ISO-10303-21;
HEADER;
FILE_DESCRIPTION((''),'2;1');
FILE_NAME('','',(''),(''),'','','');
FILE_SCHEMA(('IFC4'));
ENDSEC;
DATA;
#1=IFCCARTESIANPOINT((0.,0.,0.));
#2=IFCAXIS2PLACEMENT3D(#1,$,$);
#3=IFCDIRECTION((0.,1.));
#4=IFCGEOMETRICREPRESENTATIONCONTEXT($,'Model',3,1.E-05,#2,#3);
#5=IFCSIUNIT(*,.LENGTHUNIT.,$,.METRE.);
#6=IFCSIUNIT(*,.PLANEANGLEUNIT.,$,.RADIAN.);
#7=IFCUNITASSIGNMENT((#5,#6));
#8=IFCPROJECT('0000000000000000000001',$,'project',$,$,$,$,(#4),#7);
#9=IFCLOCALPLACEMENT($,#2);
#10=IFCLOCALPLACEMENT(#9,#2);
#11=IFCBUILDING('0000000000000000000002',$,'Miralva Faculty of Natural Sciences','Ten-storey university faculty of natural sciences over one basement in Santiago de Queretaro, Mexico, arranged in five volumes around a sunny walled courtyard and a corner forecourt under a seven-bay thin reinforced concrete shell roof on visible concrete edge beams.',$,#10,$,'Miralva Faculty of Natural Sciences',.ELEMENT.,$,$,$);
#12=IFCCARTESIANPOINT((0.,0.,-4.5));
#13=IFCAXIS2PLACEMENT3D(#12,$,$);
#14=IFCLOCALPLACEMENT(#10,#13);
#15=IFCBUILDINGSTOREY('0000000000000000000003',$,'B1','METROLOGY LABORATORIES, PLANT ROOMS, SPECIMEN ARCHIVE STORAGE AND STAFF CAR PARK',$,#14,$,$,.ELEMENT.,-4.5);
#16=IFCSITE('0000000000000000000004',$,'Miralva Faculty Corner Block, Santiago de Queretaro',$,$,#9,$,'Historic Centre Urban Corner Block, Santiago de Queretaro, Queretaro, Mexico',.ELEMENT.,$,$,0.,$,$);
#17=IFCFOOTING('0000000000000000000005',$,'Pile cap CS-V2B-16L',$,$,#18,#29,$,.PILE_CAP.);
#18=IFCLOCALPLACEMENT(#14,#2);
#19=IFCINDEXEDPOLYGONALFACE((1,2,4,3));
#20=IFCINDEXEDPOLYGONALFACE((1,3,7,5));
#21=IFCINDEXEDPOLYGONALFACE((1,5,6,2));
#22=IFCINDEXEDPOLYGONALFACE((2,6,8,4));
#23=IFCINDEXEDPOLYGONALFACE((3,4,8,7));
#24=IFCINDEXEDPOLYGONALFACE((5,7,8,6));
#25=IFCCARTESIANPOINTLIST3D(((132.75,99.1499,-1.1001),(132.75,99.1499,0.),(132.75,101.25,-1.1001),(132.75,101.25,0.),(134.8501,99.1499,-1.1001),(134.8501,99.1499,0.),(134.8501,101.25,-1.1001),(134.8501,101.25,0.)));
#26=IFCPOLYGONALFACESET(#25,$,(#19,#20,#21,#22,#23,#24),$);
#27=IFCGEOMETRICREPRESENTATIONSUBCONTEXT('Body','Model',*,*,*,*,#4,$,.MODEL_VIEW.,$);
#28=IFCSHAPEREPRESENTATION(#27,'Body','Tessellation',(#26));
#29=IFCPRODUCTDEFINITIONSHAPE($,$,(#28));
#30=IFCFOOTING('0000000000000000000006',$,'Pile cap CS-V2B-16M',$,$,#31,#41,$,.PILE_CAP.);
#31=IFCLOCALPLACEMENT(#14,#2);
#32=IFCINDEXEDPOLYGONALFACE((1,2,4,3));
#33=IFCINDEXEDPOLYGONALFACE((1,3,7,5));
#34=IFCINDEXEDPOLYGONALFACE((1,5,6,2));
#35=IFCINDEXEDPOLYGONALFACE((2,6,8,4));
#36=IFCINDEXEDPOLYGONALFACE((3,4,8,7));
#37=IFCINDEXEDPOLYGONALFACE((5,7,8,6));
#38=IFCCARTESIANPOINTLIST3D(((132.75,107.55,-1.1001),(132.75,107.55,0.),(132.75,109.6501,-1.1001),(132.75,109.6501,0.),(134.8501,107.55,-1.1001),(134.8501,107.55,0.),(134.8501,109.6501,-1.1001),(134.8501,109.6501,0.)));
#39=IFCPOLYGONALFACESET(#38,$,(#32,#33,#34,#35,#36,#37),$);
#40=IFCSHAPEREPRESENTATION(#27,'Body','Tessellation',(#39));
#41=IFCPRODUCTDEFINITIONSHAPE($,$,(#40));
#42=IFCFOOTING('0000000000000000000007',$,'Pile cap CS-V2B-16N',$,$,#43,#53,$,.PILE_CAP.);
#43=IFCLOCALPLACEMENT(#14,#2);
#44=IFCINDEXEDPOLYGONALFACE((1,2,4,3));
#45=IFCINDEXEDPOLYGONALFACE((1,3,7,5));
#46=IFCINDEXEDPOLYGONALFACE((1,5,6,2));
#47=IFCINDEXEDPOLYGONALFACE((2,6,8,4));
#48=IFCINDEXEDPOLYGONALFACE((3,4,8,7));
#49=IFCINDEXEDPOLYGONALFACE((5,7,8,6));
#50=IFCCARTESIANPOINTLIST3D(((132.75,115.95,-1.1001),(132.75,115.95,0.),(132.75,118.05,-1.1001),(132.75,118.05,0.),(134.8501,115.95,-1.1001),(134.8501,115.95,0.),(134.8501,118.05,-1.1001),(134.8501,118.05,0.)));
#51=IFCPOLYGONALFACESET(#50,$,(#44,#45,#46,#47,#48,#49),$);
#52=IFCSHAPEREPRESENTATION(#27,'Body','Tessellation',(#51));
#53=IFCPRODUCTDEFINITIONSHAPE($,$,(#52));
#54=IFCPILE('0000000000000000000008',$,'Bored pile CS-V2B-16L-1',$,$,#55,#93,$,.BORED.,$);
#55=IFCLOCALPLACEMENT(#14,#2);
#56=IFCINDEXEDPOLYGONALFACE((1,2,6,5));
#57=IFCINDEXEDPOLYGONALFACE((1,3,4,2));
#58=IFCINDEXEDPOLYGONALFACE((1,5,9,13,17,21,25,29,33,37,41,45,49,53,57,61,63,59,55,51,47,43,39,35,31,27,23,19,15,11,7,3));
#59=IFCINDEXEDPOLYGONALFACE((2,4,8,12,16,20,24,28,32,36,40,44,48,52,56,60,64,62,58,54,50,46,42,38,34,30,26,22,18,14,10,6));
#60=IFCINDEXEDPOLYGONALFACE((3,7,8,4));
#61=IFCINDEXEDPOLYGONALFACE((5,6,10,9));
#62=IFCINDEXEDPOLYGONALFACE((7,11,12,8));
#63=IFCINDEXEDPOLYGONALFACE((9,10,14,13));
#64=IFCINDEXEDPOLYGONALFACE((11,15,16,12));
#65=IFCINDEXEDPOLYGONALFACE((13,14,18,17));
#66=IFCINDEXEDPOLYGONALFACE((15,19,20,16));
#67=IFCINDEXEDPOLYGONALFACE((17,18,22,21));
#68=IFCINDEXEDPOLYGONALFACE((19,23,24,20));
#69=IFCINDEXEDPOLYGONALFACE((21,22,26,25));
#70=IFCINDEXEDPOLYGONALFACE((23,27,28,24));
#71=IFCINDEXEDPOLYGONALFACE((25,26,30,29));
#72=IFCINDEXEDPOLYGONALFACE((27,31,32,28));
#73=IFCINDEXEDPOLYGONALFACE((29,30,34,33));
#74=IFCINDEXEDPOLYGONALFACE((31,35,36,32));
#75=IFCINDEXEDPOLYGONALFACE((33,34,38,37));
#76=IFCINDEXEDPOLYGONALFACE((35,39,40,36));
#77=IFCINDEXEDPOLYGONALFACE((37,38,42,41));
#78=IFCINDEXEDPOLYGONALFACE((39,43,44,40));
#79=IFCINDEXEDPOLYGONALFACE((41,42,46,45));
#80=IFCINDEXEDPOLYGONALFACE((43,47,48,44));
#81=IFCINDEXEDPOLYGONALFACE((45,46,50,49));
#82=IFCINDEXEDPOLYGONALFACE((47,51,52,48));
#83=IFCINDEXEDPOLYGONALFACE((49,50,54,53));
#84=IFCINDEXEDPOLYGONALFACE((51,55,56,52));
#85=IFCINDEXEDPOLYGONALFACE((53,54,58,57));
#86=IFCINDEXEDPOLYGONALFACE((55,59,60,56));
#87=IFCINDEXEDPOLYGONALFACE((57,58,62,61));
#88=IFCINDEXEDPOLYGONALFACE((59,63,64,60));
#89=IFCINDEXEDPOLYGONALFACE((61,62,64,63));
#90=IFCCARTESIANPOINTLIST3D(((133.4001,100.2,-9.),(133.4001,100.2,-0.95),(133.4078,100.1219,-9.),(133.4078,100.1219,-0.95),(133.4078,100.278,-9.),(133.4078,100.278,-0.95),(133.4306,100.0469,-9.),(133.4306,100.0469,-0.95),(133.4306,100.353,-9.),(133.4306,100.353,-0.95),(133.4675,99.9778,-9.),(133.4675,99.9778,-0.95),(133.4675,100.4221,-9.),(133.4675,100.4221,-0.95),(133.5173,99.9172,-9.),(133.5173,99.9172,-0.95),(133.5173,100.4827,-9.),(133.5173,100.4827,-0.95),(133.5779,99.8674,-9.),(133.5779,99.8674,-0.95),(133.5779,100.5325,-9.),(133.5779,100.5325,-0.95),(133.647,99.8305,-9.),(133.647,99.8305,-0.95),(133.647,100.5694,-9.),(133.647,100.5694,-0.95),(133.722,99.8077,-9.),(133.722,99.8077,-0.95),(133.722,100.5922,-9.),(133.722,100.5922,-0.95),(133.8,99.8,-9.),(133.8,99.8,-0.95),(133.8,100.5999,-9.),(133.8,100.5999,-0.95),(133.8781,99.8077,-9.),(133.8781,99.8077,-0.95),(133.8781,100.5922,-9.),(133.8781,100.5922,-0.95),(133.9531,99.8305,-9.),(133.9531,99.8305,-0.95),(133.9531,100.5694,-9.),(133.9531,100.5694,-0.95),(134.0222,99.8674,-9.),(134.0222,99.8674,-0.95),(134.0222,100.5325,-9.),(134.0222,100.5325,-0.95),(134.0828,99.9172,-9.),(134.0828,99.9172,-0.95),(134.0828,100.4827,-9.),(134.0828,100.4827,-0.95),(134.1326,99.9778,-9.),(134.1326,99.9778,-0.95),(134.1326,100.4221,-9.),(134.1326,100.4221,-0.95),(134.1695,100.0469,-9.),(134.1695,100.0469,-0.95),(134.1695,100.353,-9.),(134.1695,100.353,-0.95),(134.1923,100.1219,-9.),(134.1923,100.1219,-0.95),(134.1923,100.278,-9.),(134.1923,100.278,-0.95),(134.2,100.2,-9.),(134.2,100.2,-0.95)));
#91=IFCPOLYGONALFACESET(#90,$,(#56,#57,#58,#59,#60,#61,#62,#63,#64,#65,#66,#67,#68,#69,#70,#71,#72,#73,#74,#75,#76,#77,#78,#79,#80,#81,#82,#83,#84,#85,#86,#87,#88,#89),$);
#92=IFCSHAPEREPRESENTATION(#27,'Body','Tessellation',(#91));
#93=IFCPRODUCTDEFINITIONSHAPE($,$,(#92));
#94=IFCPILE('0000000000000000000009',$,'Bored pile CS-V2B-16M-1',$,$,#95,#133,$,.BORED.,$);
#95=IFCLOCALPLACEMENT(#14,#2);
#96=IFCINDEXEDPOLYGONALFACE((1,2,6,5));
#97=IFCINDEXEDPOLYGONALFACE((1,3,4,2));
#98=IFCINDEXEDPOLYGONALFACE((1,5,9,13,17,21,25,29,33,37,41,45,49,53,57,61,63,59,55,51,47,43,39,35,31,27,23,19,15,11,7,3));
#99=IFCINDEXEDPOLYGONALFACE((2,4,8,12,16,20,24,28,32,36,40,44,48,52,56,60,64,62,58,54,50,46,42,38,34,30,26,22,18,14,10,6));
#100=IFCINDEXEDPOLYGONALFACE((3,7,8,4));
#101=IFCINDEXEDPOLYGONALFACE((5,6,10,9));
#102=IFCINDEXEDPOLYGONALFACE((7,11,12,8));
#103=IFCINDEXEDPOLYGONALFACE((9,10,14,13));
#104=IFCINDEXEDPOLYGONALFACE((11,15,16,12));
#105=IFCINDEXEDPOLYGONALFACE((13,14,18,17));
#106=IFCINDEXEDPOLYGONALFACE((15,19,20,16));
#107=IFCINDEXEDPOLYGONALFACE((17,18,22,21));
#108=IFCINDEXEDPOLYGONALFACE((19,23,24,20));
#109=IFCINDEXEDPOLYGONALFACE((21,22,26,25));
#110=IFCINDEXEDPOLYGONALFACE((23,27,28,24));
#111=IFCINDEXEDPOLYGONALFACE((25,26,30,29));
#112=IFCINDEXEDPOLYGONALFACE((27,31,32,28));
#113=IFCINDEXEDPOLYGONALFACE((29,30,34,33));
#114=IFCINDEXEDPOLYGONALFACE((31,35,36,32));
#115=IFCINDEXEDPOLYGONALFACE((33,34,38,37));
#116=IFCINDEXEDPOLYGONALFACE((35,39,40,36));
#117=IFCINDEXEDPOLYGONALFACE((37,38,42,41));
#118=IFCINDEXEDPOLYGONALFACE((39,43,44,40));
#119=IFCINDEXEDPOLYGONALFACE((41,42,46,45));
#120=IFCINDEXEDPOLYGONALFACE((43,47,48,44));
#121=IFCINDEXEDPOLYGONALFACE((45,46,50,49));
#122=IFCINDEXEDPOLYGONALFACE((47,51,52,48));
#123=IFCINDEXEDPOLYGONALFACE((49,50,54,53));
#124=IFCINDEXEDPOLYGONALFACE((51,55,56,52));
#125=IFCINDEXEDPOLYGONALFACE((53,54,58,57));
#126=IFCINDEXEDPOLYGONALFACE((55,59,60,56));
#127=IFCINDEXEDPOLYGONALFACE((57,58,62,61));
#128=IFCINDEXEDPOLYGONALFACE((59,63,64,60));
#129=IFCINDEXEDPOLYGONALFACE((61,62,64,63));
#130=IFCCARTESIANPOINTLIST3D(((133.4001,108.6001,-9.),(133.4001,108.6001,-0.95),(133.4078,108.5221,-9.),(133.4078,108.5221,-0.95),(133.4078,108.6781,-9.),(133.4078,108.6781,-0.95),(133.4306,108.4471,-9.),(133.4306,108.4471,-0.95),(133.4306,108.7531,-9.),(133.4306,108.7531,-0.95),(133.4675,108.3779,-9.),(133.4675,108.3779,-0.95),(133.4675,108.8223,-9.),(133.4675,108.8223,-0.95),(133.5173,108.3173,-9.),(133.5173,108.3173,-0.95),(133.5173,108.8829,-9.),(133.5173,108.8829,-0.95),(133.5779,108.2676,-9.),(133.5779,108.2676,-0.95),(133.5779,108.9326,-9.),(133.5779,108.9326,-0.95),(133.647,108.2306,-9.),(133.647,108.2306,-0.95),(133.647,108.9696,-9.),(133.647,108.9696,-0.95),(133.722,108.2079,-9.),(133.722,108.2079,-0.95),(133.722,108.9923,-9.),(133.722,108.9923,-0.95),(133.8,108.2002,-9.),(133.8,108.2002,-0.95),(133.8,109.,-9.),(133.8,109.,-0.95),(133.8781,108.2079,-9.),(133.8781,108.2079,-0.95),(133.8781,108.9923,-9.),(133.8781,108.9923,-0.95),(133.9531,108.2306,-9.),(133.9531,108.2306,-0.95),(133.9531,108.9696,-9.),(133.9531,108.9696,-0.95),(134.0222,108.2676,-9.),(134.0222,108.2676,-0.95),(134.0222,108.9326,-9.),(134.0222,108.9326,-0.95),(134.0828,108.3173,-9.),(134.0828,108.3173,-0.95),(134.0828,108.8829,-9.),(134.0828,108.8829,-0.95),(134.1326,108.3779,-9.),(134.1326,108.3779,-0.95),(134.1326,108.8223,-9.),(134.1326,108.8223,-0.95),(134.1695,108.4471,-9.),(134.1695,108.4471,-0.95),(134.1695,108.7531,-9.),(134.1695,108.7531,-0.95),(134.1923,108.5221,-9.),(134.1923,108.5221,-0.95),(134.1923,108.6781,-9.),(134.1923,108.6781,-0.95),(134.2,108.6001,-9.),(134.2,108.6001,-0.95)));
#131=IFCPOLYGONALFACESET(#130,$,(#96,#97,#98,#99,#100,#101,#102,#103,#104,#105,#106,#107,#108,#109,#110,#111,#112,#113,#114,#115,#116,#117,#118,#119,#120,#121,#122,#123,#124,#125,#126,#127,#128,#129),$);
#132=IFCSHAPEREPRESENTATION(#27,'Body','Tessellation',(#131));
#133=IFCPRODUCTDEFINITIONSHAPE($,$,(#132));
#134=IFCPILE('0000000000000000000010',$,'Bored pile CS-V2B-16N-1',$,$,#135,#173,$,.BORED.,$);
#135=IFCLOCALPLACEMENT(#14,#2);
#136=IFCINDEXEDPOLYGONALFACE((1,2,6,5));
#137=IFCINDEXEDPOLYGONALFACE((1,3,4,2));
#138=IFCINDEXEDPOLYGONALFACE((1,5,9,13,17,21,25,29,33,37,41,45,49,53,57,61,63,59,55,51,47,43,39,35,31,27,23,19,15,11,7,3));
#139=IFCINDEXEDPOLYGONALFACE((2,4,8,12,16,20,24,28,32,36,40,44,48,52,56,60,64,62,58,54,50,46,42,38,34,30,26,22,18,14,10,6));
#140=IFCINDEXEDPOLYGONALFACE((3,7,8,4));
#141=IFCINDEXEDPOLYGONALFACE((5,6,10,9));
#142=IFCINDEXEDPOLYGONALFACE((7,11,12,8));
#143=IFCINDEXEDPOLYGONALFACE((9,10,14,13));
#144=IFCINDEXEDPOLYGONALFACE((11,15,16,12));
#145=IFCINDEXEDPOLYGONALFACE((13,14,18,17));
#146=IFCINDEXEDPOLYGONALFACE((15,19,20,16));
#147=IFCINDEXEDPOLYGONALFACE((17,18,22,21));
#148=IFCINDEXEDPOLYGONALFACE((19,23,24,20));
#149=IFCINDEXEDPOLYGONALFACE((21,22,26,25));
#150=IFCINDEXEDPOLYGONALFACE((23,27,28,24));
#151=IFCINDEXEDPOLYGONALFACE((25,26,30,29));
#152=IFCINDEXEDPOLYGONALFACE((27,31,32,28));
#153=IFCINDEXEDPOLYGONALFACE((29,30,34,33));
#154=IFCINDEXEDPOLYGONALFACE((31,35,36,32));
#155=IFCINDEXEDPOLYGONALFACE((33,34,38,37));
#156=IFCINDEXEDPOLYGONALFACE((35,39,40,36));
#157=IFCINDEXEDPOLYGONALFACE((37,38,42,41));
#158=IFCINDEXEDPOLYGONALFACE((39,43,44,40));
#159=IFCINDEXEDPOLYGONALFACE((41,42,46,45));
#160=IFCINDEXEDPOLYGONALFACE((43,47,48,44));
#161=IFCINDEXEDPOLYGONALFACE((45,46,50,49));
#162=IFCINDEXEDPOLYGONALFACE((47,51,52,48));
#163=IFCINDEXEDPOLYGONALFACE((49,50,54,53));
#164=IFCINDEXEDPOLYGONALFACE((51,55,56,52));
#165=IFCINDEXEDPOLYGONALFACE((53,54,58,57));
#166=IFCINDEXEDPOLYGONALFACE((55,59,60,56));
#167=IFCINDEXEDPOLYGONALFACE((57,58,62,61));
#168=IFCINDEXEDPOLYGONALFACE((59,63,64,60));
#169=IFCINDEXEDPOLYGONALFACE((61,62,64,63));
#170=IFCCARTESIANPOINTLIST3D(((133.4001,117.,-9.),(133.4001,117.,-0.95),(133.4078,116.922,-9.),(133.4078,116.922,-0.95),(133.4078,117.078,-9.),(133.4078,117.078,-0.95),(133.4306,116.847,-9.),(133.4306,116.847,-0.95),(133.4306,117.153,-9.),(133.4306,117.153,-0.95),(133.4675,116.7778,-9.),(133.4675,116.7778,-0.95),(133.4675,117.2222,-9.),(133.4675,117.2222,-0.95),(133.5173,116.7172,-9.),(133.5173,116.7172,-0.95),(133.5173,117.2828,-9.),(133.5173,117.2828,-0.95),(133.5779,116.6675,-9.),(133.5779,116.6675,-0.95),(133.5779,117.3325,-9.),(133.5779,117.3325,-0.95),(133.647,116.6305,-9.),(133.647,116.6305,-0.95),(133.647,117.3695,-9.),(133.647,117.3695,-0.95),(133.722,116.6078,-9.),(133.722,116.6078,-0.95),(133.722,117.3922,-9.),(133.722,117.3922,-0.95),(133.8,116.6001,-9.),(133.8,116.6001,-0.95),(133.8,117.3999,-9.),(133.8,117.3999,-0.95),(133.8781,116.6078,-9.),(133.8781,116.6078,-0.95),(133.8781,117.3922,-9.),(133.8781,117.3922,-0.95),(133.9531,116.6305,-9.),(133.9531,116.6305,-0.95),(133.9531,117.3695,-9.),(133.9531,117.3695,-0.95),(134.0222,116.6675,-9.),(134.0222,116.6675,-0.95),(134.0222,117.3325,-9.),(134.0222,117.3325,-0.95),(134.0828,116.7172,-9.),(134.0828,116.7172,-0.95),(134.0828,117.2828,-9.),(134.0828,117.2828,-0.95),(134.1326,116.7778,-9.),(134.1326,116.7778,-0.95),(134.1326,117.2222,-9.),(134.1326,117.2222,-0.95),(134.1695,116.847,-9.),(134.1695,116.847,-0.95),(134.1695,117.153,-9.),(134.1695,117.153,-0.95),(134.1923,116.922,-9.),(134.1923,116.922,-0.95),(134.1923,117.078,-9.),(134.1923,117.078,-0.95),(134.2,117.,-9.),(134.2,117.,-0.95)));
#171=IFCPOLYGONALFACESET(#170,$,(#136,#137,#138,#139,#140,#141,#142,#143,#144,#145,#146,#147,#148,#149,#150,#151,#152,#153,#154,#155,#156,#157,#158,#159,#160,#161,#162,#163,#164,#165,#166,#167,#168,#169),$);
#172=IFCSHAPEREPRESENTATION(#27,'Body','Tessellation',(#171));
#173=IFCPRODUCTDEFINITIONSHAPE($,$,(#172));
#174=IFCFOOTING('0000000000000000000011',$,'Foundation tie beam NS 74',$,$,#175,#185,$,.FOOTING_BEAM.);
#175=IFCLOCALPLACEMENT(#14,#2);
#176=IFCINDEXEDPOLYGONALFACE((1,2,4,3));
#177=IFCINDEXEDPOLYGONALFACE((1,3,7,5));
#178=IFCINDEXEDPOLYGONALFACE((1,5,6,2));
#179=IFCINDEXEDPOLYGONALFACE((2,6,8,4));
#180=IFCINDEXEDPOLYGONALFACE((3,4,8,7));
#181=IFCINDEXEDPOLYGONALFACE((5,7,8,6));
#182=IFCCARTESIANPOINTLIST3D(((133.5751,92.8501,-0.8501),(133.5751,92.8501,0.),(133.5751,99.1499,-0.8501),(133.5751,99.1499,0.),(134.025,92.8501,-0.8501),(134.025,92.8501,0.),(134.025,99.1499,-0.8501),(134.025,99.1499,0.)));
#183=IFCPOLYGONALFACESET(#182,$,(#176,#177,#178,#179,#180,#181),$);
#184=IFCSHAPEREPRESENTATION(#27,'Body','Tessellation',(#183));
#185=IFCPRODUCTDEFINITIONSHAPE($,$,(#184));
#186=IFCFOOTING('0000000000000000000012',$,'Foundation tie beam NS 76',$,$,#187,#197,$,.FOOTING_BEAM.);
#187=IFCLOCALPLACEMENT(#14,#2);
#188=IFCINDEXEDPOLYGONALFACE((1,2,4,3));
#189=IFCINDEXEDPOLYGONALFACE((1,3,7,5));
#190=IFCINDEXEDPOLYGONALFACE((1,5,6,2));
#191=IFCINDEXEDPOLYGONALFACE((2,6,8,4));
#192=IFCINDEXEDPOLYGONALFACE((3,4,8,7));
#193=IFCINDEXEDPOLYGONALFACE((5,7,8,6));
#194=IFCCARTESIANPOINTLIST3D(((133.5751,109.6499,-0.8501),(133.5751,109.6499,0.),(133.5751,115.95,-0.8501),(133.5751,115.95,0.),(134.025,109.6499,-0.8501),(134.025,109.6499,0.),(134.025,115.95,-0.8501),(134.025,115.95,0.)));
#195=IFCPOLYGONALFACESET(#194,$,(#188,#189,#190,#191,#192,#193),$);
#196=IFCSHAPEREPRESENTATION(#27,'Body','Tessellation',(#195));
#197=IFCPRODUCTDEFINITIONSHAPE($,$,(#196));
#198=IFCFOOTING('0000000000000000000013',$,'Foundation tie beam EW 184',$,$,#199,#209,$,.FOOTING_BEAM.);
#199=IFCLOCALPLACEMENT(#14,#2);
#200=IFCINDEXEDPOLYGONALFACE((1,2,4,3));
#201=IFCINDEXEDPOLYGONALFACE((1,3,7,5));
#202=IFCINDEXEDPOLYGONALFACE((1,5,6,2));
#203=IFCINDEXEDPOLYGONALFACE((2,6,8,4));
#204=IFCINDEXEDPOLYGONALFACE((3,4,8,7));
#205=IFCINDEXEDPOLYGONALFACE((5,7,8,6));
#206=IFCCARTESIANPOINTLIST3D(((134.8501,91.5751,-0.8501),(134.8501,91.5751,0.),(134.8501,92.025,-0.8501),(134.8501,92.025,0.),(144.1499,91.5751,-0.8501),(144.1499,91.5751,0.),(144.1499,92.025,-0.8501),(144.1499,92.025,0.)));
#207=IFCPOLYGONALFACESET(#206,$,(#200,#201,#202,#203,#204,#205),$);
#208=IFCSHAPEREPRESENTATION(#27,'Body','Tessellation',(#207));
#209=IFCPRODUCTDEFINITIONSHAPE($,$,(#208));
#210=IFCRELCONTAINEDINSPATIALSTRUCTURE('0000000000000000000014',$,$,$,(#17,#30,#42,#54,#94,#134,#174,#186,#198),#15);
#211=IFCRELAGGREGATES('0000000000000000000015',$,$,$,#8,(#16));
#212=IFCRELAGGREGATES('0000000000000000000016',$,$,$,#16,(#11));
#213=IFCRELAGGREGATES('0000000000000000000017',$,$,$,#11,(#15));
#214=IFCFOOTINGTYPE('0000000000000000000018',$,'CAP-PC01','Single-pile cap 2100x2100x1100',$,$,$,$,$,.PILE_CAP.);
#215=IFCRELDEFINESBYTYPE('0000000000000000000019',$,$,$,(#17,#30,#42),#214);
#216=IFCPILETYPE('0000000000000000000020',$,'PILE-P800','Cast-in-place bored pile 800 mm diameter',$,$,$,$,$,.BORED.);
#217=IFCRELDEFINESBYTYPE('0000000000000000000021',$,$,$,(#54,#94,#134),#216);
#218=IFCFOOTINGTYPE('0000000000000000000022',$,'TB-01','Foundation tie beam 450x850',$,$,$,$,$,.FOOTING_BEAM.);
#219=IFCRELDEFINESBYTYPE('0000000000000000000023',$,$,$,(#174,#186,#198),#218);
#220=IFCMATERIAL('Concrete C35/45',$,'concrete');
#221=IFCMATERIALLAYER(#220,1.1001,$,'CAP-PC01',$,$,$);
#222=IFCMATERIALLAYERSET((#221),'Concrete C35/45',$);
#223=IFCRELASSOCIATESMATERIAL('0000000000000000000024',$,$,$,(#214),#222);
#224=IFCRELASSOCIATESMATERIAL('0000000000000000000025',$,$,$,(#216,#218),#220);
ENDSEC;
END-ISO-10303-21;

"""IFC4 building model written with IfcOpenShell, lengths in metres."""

from ifc_helpers import new_model, si_unit, direction, frame, origin, origin_2d, place, context, subcontext, project, spatial, rectangle, circle, extrude, material, layer, layer_set, material_profile, profile_set, type_object, element, save


model = new_model("IFC4")

# Units and contexts
model_context = context("Model", 3, precision=1e-05, world=origin(), true_north=direction((0.0, 1.0)))
body_context = subcontext(model_context, "Body", "Model", "MODEL_VIEW")
ifc_project = project(units=[si_unit("LENGTHUNIT", "METRE"), si_unit("PLANEANGLEUNIT", "RADIAN")], contexts=[model_context])

# Site, building, storey
site_placement = place(None, origin())
site = spatial("IfcSite", under=ifc_project, at=site_placement, Name="Miralva Faculty Corner Block, Santiago de Queretaro", LongName="Historic Centre Urban Corner Block, Santiago de Queretaro, Queretaro, Mexico", CompositionType="ELEMENT", RefElevation=0.0)
building_placement = place(site_placement, origin())
building = spatial("IfcBuilding", under=site, at=building_placement, Name="Miralva Faculty of Natural Sciences", Description="Ten-storey university faculty of natural sciences over one basement in Santiago de Queretaro, Mexico, arranged in five volumes around a sunny walled courtyard and a corner forecourt under a seven-bay thin reinforced concrete shell roof on visible concrete edge beams.", LongName="Miralva Faculty of Natural Sciences", CompositionType="ELEMENT")
storey_placement = place(building_placement, frame((0.0, 0.0, -4.5)))
storey = spatial("IfcBuildingStorey", under=building, at=storey_placement, Name="B1", Description="METROLOGY LABORATORIES, PLANT ROOMS, SPECIMEN ARCHIVE STORAGE AND STAFF CAR PARK", CompositionType="ELEMENT", Elevation=-4.5)

# Footings
ifc_material_1 = material(Name="Concrete C35/45", Category="concrete")
ifc_layer = layer(ifc_material_1, 1.1001, Name="CAP-PC01")
ifc_layer_set = layer_set([ifc_layer], Name="Concrete C35/45")
footing_type_1 = type_object("IfcFootingType", Name="CAP-PC01", Description="Single-pile cap 2100x2100x1100", PredefinedType="PILE_CAP", material=ifc_layer_set)
for number, where, z_axis, x_axis, name in (
    (1, (133.8, 100.2, -1.1001), (0.0, 0.0, 1.0), (1.0, 0.0, 0.0), "Pile cap CS-V2B-16L"),
    (2, (133.8, 108.6001, -1.1001), (0.0, 0.0, 1.0), (1.0, 0.0, 0.0), "Pile cap CS-V2B-16M"),
    (3, (133.8, 117.0, -1.1001), (0.0, 0.0, 1.0), (1.0, 0.0, 0.0), "Pile cap CS-V2B-16N"),
):
    element("IfcFooting", number, at=place(storey_placement, frame(where, z_axis=z_axis, x_axis=x_axis)), inside=storey, type_object=footing_type_1, Name=name, PredefinedType="PILE_CAP", context=body_context, shape_type="SweptSolid", body=[
        extrude(rectangle(XDim=2.1001, YDim=2.1001, at=origin_2d()), origin(), (0.0, 0.0, 1.0), 1.1001),
    ])

# Piles
ifc_material_profile_1 = material_profile(ifc_material_1, circle(Radius=0.3999, at=origin_2d()), Name="BORED PILE 800")
ifc_profile_set_1 = profile_set([ifc_material_profile_1], Name="Concrete C35/45")
pile_type = type_object("IfcPileType", Name="PILE-P800", Description="Cast-in-place bored pile 800 mm diameter", PredefinedType="BORED", material=ifc_profile_set_1)
for number, where, z_axis, x_axis, name in (
    (4, (133.8, 100.2, -0.95), (0.0, 0.0, -1.0), (1.0, 0.0, 0.0), "Bored pile CS-V2B-16L-1"),
    (5, (133.8, 108.6001, -0.95), (0.0, 0.0, -1.0), (1.0, 0.0, 0.0), "Bored pile CS-V2B-16M-1"),
    (6, (133.8, 117.0, -0.95), (0.0, 0.0, -1.0), (1.0, 0.0, 0.0), "Bored pile CS-V2B-16N-1"),
):
    element("IfcPile", number, at=place(storey_placement, frame(where, z_axis=z_axis, x_axis=x_axis)), inside=storey, type_object=pile_type, Name=name, PredefinedType="BORED", context=body_context, shape_type="SweptSolid", body=[
        extrude(circle(Radius=0.3999, at=origin_2d()), origin(), (0.0, 0.0, 1.0), 8.05),
    ])

# Footings
ifc_material_profile_2 = material_profile(ifc_material_1, rectangle(XDim=0.45, YDim=0.8501, at=origin_2d()), Name="RC 450x850")
ifc_profile_set_2 = profile_set([ifc_material_profile_2], Name="Concrete C35/45")
footing_type_2 = type_object("IfcFootingType", Name="TB-01", Description="Foundation tie beam 450x850", PredefinedType="FOOTING_BEAM", material=ifc_profile_set_2)
footing_1_placement = place(storey_placement, frame((133.8, 92.8501, -0.425), z_axis=(0.0, 1.0, 0.0), x_axis=(-1.0, 0.0, 0.0)))
element("IfcFooting", 7, at=footing_1_placement, inside=storey, type_object=footing_type_2, Name="Foundation tie beam NS 74", PredefinedType="FOOTING_BEAM", context=body_context, shape_type="SweptSolid", body=[
    extrude(rectangle(XDim=0.45, YDim=0.8501, at=origin_2d()), origin(), (0.0, 0.0, 1.0), 6.2998),
])
footing_2_placement = place(storey_placement, frame((133.8, 109.6499, -0.425), z_axis=(0.0, 1.0, 0.0), x_axis=(-1.0, 0.0, 0.0)))
element("IfcFooting", 8, at=footing_2_placement, inside=storey, type_object=footing_type_2, Name="Foundation tie beam NS 76", PredefinedType="FOOTING_BEAM", context=body_context, shape_type="SweptSolid", body=[
    extrude(rectangle(XDim=0.45, YDim=0.8501, at=origin_2d()), origin(), (0.0, 0.0, 1.0), 6.3),
])
for number, where, z_axis, x_axis, name in (
    (9, (134.8501, 91.8, -0.425), (1.0, 0.0, 0.0), (0.0, 1.0, 0.0), "Foundation tie beam EW 184"),
):
    element("IfcFooting", number, at=place(storey_placement, frame(where, z_axis=z_axis, x_axis=x_axis)), inside=storey, type_object=footing_type_2, Name=name, PredefinedType="FOOTING_BEAM", context=body_context, shape_type="SweptSolid", body=[
        extrude(rectangle(XDim=0.45, YDim=0.8501, at=origin_2d()), origin(), (0.0, 0.0, 1.0), 9.2998),
    ])

save(model, "model.ifc")
